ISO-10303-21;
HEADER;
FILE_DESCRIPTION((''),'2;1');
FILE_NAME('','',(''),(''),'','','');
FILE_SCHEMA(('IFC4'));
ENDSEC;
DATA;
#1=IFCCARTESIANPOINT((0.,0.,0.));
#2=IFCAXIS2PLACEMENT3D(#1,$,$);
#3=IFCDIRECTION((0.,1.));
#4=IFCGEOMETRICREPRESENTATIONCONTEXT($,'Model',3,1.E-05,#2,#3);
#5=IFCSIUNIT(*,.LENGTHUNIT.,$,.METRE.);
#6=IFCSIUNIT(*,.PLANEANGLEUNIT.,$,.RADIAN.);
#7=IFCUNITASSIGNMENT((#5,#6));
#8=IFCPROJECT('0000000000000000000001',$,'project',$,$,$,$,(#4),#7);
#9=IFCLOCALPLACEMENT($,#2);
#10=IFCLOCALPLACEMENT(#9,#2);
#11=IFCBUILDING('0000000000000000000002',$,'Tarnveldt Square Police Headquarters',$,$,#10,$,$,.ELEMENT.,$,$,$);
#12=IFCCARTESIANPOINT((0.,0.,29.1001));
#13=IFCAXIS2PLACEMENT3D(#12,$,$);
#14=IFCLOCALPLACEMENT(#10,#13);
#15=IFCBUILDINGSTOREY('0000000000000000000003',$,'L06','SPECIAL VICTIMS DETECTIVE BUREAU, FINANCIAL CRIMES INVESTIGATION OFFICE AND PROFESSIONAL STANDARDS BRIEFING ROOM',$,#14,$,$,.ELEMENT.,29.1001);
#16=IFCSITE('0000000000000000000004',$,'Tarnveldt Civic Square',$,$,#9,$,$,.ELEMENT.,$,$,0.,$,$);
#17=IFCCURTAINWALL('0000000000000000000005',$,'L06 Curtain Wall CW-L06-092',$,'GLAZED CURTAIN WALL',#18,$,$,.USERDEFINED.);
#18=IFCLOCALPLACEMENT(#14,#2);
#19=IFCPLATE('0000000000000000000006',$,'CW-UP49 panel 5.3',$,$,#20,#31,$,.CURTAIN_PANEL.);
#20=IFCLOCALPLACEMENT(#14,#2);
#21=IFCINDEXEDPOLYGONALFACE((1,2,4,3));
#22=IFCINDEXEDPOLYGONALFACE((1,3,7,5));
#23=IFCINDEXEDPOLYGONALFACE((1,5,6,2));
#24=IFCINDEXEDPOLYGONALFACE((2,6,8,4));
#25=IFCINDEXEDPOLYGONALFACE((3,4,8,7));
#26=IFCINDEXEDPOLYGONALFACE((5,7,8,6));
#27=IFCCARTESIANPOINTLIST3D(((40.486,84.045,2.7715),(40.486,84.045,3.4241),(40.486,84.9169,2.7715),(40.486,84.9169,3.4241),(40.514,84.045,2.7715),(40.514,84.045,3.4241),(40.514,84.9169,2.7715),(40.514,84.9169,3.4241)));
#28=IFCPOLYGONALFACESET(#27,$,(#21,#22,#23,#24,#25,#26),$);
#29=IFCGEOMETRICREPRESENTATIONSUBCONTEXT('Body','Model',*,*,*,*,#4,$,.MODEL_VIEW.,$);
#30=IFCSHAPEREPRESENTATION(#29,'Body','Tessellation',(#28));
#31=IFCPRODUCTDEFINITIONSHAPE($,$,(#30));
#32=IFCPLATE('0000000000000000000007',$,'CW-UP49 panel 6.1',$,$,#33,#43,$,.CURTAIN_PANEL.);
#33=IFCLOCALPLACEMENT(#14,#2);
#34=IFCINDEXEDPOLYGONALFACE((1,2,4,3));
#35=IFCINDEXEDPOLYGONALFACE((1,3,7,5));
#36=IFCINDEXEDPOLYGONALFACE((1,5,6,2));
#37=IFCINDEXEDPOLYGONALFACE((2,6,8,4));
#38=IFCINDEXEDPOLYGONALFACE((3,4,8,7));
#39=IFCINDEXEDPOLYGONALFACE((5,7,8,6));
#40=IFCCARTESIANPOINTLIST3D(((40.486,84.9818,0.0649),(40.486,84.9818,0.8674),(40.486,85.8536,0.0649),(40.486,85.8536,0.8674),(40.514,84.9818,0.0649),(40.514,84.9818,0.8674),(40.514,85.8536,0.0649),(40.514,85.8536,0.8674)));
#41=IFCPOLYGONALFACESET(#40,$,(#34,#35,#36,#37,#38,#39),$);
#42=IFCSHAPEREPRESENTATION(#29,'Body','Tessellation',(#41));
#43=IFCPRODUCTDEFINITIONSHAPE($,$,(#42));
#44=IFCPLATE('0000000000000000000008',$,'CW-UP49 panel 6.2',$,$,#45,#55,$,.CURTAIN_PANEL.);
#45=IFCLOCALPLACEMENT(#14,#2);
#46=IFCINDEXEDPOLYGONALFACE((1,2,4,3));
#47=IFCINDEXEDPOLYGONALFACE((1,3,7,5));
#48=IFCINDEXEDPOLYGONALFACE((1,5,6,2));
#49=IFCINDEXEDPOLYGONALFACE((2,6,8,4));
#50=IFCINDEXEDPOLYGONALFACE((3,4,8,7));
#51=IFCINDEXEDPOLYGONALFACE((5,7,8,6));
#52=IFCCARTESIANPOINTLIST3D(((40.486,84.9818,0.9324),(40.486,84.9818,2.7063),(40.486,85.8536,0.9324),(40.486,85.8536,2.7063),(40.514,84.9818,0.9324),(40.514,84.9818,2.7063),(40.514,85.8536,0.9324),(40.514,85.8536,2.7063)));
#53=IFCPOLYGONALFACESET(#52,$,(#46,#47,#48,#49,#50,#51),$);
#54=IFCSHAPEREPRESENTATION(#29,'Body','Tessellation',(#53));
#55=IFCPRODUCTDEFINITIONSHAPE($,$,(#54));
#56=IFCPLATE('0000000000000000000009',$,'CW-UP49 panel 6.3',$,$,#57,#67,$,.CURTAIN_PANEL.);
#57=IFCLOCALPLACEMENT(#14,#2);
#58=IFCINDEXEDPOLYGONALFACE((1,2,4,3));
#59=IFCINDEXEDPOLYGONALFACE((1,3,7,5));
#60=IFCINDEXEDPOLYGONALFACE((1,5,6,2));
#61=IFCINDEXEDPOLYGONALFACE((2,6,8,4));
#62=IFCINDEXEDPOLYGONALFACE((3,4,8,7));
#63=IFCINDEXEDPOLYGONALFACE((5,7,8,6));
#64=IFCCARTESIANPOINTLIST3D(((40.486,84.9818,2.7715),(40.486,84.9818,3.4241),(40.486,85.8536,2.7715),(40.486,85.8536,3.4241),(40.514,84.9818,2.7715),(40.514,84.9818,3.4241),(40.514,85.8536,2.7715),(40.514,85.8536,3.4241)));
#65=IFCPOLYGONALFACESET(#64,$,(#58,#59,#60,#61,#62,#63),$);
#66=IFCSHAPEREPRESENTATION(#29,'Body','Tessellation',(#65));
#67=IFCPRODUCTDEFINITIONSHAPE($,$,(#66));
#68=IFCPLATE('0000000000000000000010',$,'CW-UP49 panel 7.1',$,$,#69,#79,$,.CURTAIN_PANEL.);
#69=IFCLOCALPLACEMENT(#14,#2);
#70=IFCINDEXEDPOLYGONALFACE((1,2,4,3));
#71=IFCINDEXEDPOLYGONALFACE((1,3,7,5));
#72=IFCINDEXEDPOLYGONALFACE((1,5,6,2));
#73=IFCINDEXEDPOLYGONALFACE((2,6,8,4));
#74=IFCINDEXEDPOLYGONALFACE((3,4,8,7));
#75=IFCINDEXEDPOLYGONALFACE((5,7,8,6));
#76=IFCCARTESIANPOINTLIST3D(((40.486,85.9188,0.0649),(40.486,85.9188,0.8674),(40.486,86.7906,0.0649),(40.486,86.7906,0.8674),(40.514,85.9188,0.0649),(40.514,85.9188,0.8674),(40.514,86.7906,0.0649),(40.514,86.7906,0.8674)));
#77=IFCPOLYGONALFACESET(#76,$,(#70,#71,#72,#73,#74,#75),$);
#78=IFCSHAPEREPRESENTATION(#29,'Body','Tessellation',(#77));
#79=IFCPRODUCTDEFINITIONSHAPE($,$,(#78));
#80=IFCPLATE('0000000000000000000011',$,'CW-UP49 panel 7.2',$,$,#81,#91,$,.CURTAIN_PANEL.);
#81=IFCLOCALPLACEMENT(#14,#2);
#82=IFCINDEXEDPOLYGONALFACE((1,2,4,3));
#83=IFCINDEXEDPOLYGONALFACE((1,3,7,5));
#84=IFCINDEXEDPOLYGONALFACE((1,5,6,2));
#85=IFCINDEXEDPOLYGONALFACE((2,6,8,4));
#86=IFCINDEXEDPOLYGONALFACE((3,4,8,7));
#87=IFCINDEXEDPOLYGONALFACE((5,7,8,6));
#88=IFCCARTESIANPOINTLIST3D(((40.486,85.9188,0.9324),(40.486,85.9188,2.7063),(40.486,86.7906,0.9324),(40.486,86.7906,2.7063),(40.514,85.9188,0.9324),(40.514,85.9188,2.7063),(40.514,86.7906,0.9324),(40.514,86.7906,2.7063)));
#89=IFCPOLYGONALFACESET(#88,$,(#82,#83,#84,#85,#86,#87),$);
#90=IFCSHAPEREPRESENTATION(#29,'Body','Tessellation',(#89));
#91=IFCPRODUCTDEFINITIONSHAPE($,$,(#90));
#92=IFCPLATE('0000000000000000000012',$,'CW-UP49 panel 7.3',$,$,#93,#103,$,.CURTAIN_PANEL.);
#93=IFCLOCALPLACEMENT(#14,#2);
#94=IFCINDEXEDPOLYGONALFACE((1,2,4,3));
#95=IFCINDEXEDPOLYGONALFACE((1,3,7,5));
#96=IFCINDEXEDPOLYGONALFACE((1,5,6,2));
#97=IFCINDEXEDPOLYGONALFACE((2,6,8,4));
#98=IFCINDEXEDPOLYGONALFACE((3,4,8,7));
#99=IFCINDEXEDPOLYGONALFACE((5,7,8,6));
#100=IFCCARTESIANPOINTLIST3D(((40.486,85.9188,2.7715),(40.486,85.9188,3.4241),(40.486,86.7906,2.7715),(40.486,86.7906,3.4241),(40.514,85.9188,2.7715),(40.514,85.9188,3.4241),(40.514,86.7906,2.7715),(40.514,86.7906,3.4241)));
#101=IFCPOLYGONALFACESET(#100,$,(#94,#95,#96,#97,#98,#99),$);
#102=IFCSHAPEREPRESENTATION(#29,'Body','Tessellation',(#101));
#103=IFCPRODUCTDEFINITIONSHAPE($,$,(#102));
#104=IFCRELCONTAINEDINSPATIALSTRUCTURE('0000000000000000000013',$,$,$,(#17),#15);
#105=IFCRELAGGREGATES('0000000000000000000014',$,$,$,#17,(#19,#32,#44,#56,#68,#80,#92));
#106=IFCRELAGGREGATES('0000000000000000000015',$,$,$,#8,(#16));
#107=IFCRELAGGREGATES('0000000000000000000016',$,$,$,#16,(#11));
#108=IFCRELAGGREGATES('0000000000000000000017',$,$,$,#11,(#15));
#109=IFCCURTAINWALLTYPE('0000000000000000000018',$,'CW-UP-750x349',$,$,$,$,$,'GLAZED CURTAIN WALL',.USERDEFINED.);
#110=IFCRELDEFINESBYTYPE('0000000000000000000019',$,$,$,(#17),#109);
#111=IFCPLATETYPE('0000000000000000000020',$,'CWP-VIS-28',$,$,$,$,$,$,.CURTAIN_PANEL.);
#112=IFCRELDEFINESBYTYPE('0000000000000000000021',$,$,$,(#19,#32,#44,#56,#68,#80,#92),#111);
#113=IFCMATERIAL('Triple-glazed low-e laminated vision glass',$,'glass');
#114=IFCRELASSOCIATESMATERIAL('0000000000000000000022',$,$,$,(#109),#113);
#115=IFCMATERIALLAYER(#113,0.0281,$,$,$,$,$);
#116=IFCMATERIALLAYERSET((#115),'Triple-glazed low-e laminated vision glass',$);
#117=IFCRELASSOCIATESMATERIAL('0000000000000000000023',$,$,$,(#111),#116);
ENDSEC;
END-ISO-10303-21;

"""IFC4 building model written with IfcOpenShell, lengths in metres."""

from ifc_helpers import new_model, si_unit, direction, frame, origin, origin_2d, place, context, subcontext, project, spatial, rectangle, extrude, material, layer, layer_set, type_object, element, aggregate, save


model = new_model("IFC4")

# Units and contexts
model_context = context("Model", 3, precision=1e-05, world=origin(), true_north=direction((0.0, 1.0)))
body_context = subcontext(model_context, "Body", "Model", "MODEL_VIEW")
ifc_project = project(units=[si_unit("LENGTHUNIT", "METRE"), si_unit("PLANEANGLEUNIT", "RADIAN")], contexts=[model_context])

# Site, building, storey
site_placement = place(None, origin())
site = spatial("IfcSite", under=ifc_project, at=site_placement, Name="Tarnveldt Civic Square", CompositionType="ELEMENT", RefElevation=0.0)
building_placement = place(site_placement, origin())
building = spatial("IfcBuilding", under=site, at=building_placement, Name="Tarnveldt Square Police Headquarters", CompositionType="ELEMENT")
storey_placement = place(building_placement, frame((0.0, 0.0, 29.1001)))
storey = spatial("IfcBuildingStorey", under=building, at=storey_placement, Name="L06", Description="SPECIAL VICTIMS DETECTIVE BUREAU, FINANCIAL CRIMES INVESTIGATION OFFICE AND PROFESSIONAL STANDARDS BRIEFING ROOM", CompositionType="ELEMENT", Elevation=29.1001)

# Curtain wall, plates
ifc_material_1 = material(Name="Triple-glazed low-e laminated vision glass", Category="glass")
curtain_wall_type = type_object("IfcCurtainWallType", Name="CW-UP-750x349", ElementType="GLAZED CURTAIN WALL", PredefinedType="USERDEFINED", material=ifc_material_1)
curtain_wall_placement = place(storey_placement, origin())
curtain_wall = element("IfcCurtainWall", 1, at=curtain_wall_placement, inside=storey, type_object=curtain_wall_type, Name="L06 Curtain Wall CW-L06-092", ObjectType="GLAZED CURTAIN WALL", PredefinedType="USERDEFINED")
ifc_layer = layer(ifc_material_1, 0.0281)
ifc_layer_set = layer_set([ifc_layer], Name="Triple-glazed low-e laminated vision glass")
plate_type = type_object("IfcPlateType", Name="CWP-VIS-28", PredefinedType="CURTAIN_PANEL", material=ifc_layer_set)
plate_1_placement = place(storey_placement, frame((40.5, 84.481, 2.7715), z_axis=(0.0, 0.0, 1.0), x_axis=(0.0, 1.0, 0.0)))
plate_1 = element("IfcPlate", 2, at=plate_1_placement, type_object=plate_type, Name="CW-UP49 panel 5.3", PredefinedType="CURTAIN_PANEL", context=body_context, shape_type="SweptSolid", body=[
    extrude(rectangle(XDim=0.8718, YDim=0.0281, at=origin_2d()), origin(), (0.0, 0.0, 1.0), 0.6526),
])
plate_2_placement = place(storey_placement, frame((40.5, 85.4177, 0.0649), z_axis=(0.0, 0.0, 1.0), x_axis=(0.0, 1.0, 0.0)))
plate_2 = element("IfcPlate", 3, at=plate_2_placement, type_object=plate_type, Name="CW-UP49 panel 6.1", PredefinedType="CURTAIN_PANEL", context=body_context, shape_type="SweptSolid", body=[
    extrude(rectangle(XDim=0.8718, YDim=0.0281, at=origin_2d()), origin(), (0.0, 0.0, 1.0), 0.8025),
])
plate_3_placement = place(storey_placement, frame((40.5, 85.4177, 0.9324), z_axis=(0.0, 0.0, 1.0), x_axis=(0.0, 1.0, 0.0)))
plate_3 = element("IfcPlate", 4, at=plate_3_placement, type_object=plate_type, Name="CW-UP49 panel 6.2", PredefinedType="CURTAIN_PANEL", context=body_context, shape_type="SweptSolid", body=[
    extrude(rectangle(XDim=0.8718, YDim=0.0281, at=origin_2d()), origin(), (0.0, 0.0, 1.0), 1.7739),
])
plate_4_placement = place(storey_placement, frame((40.5, 85.4177, 2.7715), z_axis=(0.0, 0.0, 1.0), x_axis=(0.0, 1.0, 0.0)))
plate_4 = element("IfcPlate", 5, at=plate_4_placement, type_object=plate_type, Name="CW-UP49 panel 6.3", PredefinedType="CURTAIN_PANEL", context=body_context, shape_type="SweptSolid", body=[
    extrude(rectangle(XDim=0.8718, YDim=0.0281, at=origin_2d()), origin(), (0.0, 0.0, 1.0), 0.6526),
])
plate_5_placement = place(storey_placement, frame((40.5, 86.3547, 0.0649), z_axis=(0.0, 0.0, 1.0), x_axis=(0.0, 1.0, 0.0)))
plate_5 = element("IfcPlate", 6, at=plate_5_placement, type_object=plate_type, Name="CW-UP49 panel 7.1", PredefinedType="CURTAIN_PANEL", context=body_context, shape_type="SweptSolid", body=[
    extrude(rectangle(XDim=0.8718, YDim=0.0281, at=origin_2d()), origin(), (0.0, 0.0, 1.0), 0.8025),
])
plate_6_placement = place(storey_placement, frame((40.5, 86.3547, 0.9324), z_axis=(0.0, 0.0, 1.0), x_axis=(0.0, 1.0, 0.0)))
plate_6 = element("IfcPlate", 7, at=plate_6_placement, type_object=plate_type, Name="CW-UP49 panel 7.2", PredefinedType="CURTAIN_PANEL", context=body_context, shape_type="SweptSolid", body=[
    extrude(rectangle(XDim=0.8718, YDim=0.0281, at=origin_2d()), origin(), (0.0, 0.0, 1.0), 1.7739),
])
plate_7_placement = place(storey_placement, frame((40.5, 86.3547, 2.7715), z_axis=(0.0, 0.0, 1.0), x_axis=(0.0, 1.0, 0.0)))
plate_7 = element("IfcPlate", 8, at=plate_7_placement, type_object=plate_type, Name="CW-UP49 panel 7.3", PredefinedType="CURTAIN_PANEL", context=body_context, shape_type="SweptSolid", body=[
    extrude(rectangle(XDim=0.8718, YDim=0.0281, at=origin_2d()), origin(), (0.0, 0.0, 1.0), 0.6526),
])
aggregate(curtain_wall, [plate_1, plate_2, plate_3, plate_4, plate_5, plate_6, plate_7])

save(model, "model.ifc")
